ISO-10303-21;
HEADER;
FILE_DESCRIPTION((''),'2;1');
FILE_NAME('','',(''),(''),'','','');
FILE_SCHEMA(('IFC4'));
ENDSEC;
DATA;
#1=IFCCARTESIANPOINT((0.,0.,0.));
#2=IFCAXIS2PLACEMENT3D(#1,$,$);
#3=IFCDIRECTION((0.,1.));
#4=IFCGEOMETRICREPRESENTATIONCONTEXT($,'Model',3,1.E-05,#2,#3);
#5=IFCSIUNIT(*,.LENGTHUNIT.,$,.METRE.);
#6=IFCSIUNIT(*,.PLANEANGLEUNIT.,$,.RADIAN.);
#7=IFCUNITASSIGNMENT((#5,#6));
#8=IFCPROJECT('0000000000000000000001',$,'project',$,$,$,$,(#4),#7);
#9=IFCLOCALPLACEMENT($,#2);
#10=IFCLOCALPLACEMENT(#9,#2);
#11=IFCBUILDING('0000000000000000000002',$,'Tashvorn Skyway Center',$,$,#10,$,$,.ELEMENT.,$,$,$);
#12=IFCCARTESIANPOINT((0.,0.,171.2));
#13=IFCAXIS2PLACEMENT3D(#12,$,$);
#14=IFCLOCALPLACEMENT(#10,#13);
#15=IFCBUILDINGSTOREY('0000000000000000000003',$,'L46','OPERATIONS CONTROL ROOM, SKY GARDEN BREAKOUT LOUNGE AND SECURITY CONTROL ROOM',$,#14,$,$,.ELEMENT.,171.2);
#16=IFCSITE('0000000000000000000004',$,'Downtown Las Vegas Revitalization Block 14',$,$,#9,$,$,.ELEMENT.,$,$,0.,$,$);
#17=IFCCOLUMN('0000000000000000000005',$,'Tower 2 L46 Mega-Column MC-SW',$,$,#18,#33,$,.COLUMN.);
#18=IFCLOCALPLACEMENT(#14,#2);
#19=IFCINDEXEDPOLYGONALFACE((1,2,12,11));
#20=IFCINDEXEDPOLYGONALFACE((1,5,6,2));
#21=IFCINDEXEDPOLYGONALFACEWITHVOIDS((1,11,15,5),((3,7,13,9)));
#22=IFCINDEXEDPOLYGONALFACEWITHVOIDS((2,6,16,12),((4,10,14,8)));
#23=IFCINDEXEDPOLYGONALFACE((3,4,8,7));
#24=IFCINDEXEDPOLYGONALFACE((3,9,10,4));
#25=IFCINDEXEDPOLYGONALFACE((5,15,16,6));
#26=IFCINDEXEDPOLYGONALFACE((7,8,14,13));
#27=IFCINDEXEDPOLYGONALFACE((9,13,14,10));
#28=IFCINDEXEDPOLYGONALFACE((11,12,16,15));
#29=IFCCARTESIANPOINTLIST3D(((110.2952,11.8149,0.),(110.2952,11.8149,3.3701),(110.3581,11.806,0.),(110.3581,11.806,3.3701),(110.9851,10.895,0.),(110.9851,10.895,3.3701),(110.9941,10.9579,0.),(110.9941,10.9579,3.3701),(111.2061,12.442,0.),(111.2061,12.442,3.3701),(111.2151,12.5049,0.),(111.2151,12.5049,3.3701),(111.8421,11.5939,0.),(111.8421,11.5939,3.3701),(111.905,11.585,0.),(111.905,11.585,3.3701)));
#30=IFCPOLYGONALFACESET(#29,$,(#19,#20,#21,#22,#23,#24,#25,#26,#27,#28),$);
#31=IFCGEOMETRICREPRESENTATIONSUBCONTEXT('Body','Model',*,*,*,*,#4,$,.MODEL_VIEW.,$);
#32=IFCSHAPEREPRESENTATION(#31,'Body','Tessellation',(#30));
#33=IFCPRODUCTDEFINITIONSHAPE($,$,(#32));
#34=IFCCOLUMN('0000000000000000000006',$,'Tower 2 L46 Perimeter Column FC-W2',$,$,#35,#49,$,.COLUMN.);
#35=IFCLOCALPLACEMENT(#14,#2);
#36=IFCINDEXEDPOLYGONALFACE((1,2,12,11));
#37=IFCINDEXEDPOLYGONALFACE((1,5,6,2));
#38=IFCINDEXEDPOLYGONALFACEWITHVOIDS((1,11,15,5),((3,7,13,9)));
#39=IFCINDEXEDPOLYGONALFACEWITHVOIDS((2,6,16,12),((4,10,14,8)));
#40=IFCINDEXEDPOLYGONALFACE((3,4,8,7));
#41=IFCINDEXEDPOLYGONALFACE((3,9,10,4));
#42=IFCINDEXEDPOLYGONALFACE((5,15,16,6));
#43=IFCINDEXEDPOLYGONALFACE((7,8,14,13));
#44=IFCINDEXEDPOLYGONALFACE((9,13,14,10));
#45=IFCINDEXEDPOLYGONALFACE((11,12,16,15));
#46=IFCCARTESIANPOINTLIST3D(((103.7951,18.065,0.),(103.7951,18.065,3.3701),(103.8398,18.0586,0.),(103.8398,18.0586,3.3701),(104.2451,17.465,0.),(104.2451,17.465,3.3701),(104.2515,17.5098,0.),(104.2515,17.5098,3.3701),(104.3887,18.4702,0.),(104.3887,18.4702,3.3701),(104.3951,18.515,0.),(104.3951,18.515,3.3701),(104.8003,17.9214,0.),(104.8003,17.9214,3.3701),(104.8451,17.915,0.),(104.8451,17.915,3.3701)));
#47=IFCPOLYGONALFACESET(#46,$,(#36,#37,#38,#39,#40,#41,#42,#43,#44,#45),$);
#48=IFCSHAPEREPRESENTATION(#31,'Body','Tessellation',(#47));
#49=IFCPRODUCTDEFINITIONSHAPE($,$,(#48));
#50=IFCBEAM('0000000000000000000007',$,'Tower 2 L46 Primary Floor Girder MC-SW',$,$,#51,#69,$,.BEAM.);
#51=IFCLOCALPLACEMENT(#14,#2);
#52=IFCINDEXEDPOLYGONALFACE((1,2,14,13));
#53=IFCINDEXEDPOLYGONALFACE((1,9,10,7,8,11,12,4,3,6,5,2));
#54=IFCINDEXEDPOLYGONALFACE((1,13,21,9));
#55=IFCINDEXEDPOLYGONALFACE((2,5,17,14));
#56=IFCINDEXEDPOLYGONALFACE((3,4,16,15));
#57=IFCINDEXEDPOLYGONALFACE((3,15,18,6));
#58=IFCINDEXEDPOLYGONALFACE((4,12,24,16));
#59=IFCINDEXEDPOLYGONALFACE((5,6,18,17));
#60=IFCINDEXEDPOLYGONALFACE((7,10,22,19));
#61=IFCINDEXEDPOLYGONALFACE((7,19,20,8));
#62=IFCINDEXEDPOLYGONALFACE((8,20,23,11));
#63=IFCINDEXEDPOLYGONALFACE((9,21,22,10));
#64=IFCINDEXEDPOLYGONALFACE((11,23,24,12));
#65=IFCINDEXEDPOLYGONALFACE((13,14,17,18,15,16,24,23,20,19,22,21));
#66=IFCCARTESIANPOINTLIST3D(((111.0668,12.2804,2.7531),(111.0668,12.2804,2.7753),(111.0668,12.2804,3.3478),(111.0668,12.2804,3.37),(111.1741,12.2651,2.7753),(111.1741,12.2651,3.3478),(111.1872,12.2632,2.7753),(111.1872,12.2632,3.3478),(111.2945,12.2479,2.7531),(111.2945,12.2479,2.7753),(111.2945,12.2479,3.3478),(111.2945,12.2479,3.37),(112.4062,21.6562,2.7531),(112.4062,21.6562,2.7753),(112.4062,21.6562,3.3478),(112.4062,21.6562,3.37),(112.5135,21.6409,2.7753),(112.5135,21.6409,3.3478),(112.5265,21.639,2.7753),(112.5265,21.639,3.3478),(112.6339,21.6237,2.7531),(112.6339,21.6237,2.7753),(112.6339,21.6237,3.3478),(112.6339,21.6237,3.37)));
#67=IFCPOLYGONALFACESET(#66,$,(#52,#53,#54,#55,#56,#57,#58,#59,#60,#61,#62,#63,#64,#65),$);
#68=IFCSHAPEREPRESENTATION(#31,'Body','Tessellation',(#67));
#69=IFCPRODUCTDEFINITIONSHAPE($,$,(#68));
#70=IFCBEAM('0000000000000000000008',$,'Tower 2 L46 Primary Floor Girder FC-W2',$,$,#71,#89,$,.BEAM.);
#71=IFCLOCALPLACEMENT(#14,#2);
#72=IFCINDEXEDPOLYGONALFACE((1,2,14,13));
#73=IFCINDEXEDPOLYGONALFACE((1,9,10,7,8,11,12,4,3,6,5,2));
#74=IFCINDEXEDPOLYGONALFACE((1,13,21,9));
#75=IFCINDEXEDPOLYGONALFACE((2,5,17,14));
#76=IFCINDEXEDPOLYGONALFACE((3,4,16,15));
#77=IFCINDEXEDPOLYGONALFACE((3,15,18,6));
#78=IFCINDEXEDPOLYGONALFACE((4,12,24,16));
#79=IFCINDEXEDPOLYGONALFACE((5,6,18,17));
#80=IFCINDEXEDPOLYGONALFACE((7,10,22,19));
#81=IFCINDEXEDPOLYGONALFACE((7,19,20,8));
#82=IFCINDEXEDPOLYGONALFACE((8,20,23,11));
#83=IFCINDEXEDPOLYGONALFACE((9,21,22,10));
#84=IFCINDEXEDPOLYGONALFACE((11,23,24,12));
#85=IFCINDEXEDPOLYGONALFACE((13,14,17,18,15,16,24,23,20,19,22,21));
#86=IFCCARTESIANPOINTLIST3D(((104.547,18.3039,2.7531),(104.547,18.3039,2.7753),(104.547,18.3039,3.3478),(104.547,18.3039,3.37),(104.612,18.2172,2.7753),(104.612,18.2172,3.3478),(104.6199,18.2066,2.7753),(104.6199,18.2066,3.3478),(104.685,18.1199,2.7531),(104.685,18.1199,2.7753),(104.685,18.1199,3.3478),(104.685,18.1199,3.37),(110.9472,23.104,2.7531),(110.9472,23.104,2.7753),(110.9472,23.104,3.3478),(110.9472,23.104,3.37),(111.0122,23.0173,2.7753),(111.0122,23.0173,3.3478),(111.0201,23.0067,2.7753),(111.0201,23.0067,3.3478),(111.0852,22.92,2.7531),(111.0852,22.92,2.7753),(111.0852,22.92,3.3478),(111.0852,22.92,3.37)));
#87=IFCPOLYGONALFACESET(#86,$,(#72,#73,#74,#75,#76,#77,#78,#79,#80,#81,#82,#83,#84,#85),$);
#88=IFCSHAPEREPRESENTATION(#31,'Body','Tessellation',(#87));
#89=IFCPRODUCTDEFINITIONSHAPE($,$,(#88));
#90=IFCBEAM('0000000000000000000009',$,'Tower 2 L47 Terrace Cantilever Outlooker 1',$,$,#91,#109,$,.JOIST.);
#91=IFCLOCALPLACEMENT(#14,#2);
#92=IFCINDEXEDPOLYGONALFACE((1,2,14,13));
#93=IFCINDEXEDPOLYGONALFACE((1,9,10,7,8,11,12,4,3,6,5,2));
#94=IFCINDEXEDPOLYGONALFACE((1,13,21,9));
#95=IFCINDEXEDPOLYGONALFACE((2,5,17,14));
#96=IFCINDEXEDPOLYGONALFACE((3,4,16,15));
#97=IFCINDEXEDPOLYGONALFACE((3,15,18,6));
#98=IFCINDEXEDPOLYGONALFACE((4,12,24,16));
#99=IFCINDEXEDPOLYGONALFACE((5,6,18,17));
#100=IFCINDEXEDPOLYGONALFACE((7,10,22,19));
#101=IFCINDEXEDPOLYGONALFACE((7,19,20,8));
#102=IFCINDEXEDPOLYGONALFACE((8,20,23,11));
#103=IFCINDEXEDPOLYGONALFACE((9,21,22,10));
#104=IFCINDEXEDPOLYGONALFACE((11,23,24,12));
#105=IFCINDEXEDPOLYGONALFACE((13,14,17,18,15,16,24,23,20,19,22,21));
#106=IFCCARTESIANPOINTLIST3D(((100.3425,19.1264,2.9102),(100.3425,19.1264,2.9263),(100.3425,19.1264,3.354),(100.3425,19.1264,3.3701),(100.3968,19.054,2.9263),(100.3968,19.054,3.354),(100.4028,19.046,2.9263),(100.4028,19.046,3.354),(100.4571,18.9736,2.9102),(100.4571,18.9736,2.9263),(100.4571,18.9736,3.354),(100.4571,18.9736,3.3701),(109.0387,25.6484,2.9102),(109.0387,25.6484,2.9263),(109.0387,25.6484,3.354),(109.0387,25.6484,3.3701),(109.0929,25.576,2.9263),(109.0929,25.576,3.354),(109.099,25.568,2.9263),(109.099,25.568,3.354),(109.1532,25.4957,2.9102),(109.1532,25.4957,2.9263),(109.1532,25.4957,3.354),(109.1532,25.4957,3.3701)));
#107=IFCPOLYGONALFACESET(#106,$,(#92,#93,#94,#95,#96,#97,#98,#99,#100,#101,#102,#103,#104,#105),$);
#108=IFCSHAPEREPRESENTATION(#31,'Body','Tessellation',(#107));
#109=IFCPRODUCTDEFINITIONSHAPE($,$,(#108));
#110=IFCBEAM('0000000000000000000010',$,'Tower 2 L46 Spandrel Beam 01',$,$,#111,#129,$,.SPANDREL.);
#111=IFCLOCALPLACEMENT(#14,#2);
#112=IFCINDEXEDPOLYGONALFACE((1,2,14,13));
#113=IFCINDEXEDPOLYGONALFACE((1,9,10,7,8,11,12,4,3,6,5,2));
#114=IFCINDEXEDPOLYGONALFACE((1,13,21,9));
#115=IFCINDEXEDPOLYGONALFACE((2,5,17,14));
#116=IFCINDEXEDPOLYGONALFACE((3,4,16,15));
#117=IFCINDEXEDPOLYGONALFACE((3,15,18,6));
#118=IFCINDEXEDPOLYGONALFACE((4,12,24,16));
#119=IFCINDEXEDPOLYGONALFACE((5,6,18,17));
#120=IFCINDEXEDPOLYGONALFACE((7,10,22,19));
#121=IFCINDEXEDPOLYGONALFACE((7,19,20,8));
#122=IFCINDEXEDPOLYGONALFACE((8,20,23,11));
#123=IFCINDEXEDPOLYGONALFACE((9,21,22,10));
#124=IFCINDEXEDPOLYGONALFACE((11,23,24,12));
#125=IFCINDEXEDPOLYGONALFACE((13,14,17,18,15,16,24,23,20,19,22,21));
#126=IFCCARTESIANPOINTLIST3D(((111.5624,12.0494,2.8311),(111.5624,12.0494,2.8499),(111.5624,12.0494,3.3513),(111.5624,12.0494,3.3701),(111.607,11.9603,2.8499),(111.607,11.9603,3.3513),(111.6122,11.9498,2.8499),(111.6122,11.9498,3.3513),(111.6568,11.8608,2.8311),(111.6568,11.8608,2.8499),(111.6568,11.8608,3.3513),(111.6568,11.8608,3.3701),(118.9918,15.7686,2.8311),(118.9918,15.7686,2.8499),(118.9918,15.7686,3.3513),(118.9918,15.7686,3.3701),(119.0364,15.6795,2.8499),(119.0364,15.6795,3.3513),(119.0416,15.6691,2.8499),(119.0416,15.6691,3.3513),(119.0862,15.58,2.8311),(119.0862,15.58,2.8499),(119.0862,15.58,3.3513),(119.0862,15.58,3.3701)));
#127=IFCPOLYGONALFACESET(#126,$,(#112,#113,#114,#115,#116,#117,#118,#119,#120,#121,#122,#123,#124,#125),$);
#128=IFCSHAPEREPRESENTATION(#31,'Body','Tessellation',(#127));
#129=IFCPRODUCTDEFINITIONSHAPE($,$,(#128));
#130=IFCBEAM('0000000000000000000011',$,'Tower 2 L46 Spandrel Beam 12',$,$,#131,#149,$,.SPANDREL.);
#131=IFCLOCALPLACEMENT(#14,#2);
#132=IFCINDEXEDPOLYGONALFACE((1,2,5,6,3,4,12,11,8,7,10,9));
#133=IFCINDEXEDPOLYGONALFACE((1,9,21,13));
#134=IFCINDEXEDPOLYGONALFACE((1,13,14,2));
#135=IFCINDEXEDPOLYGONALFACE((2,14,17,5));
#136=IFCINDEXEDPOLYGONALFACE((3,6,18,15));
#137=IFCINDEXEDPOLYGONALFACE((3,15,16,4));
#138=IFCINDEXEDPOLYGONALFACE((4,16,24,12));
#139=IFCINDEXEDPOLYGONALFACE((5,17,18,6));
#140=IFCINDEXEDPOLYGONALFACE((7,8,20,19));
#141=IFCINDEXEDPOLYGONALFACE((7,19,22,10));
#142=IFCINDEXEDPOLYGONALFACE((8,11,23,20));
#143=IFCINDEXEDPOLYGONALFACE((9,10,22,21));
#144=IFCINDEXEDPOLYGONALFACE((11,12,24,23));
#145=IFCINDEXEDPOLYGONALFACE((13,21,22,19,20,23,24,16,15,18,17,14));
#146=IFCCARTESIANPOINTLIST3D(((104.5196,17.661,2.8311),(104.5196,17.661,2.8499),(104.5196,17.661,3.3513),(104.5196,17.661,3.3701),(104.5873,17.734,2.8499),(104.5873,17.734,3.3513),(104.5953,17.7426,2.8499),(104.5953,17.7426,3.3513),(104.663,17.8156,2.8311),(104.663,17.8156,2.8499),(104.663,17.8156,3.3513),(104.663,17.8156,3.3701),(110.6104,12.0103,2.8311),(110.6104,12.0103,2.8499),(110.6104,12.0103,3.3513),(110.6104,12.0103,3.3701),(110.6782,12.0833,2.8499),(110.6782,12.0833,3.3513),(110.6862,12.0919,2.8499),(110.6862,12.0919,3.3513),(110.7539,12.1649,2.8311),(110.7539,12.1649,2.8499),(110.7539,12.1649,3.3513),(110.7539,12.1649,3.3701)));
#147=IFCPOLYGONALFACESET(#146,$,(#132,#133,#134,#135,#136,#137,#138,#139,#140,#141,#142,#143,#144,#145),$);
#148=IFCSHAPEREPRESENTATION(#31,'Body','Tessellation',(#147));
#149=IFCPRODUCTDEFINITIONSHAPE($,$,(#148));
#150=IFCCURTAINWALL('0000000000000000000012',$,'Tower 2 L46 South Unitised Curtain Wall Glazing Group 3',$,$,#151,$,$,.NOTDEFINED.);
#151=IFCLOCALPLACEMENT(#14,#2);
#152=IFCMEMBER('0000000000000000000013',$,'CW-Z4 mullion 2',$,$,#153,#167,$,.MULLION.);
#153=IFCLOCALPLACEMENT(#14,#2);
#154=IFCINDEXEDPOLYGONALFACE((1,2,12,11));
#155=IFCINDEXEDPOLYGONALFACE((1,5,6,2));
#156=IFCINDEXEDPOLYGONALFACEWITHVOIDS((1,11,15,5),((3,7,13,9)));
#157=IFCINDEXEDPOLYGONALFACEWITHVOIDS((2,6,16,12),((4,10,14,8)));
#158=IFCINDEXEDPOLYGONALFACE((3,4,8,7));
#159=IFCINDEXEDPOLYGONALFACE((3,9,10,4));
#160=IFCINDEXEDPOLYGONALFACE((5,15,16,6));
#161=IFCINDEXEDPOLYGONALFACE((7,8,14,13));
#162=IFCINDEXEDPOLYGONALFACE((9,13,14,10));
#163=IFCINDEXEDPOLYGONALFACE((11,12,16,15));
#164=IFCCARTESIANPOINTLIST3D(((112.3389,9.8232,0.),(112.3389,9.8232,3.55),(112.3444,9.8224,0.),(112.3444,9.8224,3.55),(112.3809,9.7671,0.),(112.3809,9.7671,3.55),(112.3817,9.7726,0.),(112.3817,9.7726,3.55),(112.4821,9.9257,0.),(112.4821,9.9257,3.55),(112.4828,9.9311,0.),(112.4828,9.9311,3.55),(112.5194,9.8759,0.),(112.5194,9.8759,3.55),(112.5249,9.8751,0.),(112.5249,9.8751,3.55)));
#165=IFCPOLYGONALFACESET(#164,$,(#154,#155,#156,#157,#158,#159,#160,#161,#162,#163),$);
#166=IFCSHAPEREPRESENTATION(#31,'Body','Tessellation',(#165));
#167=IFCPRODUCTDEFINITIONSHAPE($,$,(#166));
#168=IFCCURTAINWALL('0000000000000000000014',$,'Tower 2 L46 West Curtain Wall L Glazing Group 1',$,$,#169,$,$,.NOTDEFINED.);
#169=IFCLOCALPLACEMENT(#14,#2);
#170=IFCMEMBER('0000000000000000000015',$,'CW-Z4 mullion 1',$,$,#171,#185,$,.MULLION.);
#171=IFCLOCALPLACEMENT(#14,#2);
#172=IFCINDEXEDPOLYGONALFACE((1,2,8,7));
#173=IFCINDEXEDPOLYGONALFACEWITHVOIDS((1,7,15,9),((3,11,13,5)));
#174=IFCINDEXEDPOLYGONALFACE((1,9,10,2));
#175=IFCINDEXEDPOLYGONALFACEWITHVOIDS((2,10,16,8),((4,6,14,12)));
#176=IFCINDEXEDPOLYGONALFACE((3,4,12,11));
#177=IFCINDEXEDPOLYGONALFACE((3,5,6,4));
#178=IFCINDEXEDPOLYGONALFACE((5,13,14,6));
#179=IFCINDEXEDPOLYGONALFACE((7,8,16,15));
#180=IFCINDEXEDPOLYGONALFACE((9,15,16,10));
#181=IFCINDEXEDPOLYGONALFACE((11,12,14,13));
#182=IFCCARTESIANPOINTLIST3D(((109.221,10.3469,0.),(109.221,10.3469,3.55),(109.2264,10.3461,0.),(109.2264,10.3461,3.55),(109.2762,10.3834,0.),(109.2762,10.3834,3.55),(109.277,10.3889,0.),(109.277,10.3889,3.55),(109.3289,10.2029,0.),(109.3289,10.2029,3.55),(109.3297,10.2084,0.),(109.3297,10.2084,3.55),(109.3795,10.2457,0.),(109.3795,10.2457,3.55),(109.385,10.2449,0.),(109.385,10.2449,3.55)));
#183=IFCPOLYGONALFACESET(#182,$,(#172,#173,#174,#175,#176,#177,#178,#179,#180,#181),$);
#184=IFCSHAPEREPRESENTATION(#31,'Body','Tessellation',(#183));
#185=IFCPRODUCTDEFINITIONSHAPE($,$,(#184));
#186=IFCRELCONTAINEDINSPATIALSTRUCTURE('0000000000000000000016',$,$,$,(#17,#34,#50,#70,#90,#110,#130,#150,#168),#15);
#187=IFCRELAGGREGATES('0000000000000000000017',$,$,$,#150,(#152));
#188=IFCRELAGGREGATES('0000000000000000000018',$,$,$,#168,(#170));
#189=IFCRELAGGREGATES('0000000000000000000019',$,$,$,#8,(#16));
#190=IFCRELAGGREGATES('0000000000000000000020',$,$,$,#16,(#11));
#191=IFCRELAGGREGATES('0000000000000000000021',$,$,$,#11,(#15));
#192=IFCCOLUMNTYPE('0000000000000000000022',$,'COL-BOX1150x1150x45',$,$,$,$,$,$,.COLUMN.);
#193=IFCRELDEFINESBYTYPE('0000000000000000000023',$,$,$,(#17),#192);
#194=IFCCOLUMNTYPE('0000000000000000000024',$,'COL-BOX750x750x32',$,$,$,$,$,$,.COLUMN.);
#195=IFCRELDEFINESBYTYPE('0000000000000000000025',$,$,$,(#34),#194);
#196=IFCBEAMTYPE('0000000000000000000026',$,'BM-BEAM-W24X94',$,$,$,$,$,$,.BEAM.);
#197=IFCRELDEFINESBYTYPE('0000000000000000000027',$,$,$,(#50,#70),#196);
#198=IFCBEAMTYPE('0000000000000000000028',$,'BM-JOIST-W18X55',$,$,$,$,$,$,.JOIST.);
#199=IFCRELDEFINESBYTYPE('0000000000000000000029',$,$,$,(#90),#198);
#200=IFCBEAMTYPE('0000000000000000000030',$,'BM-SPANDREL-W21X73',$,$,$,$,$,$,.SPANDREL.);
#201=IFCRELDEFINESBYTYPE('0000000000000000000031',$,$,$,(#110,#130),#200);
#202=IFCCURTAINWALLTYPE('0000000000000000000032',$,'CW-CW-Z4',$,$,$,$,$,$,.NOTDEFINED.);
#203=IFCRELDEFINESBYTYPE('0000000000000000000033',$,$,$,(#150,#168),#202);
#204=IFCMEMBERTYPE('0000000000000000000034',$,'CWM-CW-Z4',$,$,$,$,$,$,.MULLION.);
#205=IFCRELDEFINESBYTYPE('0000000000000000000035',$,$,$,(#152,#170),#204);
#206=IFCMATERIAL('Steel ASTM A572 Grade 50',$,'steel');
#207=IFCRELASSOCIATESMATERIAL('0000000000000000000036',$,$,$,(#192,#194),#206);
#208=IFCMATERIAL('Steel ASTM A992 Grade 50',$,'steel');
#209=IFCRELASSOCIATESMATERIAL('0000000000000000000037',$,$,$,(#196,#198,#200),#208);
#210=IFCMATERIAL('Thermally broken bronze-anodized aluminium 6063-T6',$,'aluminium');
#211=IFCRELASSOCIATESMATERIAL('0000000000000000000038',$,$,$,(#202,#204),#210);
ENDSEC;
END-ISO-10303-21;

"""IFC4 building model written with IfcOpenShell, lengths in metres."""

from ifc_helpers import new_model, si_unit, direction, frame, origin, origin_2d, place, context, subcontext, project, spatial, hollow_rectangle, i_section, extrude, material, material_profile, profile_set, type_object, element, aggregate, save


model = new_model("IFC4")

# Units and contexts
model_context = context("Model", 3, precision=1e-05, world=origin(), true_north=direction((0.0, 1.0)))
body_context = subcontext(model_context, "Body", "Model", "MODEL_VIEW")
ifc_project = project(units=[si_unit("LENGTHUNIT", "METRE"), si_unit("PLANEANGLEUNIT", "RADIAN")], contexts=[model_context])

# Site, building, storey
site_placement = place(None, origin())
site = spatial("IfcSite", under=ifc_project, at=site_placement, Name="Downtown Las Vegas Revitalization Block 14", CompositionType="ELEMENT", RefElevation=0.0)
building_placement = place(site_placement, origin())
building = spatial("IfcBuilding", under=site, at=building_placement, Name="Tashvorn Skyway Center", CompositionType="ELEMENT")
storey_placement = place(building_placement, frame((0.0, 0.0, 171.2)))
storey = spatial("IfcBuildingStorey", under=building, at=storey_placement, Name="L46", Description="OPERATIONS CONTROL ROOM, SKY GARDEN BREAKOUT LOUNGE AND SECURITY CONTROL ROOM", CompositionType="ELEMENT", Elevation=171.2)

# Columns
ifc_material_1 = material(Name="Steel ASTM A572 Grade 50", Category="steel")
ifc_material_profile_1 = material_profile(ifc_material_1, hollow_rectangle(XDim=1.1499, YDim=1.1499, WallThickness=0.0449, at=origin_2d()), Name="BOX1150x1150x45")
ifc_profile_set_1 = profile_set([ifc_material_profile_1], Name="Steel ASTM A572 Grade 50")
column_type_1 = type_object("IfcColumnType", Name="COL-BOX1150x1150x45", PredefinedType="COLUMN", material=ifc_profile_set_1)
column_1_placement = place(storey_placement, frame((111.1001, 11.7, 0.0), z_axis=(0.0, 0.0, 1.0), x_axis=(0.8, 0.6, 0.0)))
element("IfcColumn", 1, at=column_1_placement, inside=storey, type_object=column_type_1, Name="Tower 2 L46 Mega-Column MC-SW", PredefinedType="COLUMN", context=body_context, shape_type="SweptSolid", body=[
    extrude(hollow_rectangle(XDim=1.1499, YDim=1.1499, WallThickness=0.0449, at=origin_2d()), origin(), (0.0, 0.0, 1.0), 3.3701),
])
ifc_material_profile_2 = material_profile(ifc_material_1, hollow_rectangle(XDim=0.75, YDim=0.75, WallThickness=0.032, at=origin_2d()), Name="BOX750x750x32")
ifc_profile_set_2 = profile_set([ifc_material_profile_2], Name="Steel ASTM A572 Grade 50")
column_type_2 = type_object("IfcColumnType", Name="COL-BOX750x750x32", PredefinedType="COLUMN", material=ifc_profile_set_2)
column_2_placement = place(storey_placement, frame((104.3201, 17.99, 0.0), z_axis=(0.0, 0.0, 1.0), x_axis=(0.8, 0.6, 0.0)))
element("IfcColumn", 2, at=column_2_placement, inside=storey, type_object=column_type_2, Name="Tower 2 L46 Perimeter Column FC-W2", PredefinedType="COLUMN", context=body_context, shape_type="SweptSolid", body=[
    extrude(hollow_rectangle(XDim=0.75, YDim=0.75, WallThickness=0.032, at=origin_2d()), origin(), (0.0, 0.0, 1.0), 3.3701),
])

# Beams
ifc_material_2 = material(Name="Steel ASTM A992 Grade 50", Category="steel")
ifc_material_profile_3 = material_profile(ifc_material_2, i_section(OverallWidth=0.23, OverallDepth=0.6169, WebThickness=0.0132, FlangeThickness=0.0222, at=origin_2d()), Name="W24X94")
ifc_profile_set_3 = profile_set([ifc_material_profile_3], Name="Steel ASTM A992 Grade 50")
beam_type_1 = type_object("IfcBeamType", Name="BM-BEAM-W24X94", PredefinedType="BEAM", material=ifc_profile_set_3)
beam_1_placement = place(storey_placement, frame((111.1807, 12.2642, 3.0615), z_axis=(0.141418, 0.98995, 0.0), x_axis=(-0.98995, 0.141418, 0.0)))
element("IfcBeam", 3, at=beam_1_placement, inside=storey, type_object=beam_type_1, Name="Tower 2 L46 Primary Floor Girder MC-SW", PredefinedType="BEAM", context=body_context, shape_type="SweptSolid", body=[
    extrude(i_section(OverallWidth=0.23, OverallDepth=0.6169, WebThickness=0.0132, FlangeThickness=0.0222, at=origin_2d()), origin(), (0.0, 0.0, 1.0), 9.4709),
])
beam_2_placement = place(storey_placement, frame((104.616, 18.2119, 3.0615), z_axis=(0.800004, 0.599995, 0.0), x_axis=(-0.599995, 0.800004, 0.0)))
element("IfcBeam", 4, at=beam_2_placement, inside=storey, type_object=beam_type_1, Name="Tower 2 L46 Primary Floor Girder FC-W2", PredefinedType="BEAM", context=body_context, shape_type="SweptSolid", body=[
    extrude(i_section(OverallWidth=0.23, OverallDepth=0.6169, WebThickness=0.0132, FlangeThickness=0.0222, at=origin_2d()), origin(), (0.0, 0.0, 1.0), 8.0002),
])
ifc_material_profile_4 = material_profile(ifc_material_2, i_section(OverallWidth=0.1909, OverallDepth=0.46, WebThickness=0.01, FlangeThickness=0.0161, at=origin_2d()), Name="W18X55")
ifc_profile_set_4 = profile_set([ifc_material_profile_4], Name="Steel ASTM A992 Grade 50")
beam_type_2 = type_object("IfcBeamType", Name="BM-JOIST-W18X55", PredefinedType="JOIST", material=ifc_profile_set_4)
beam_3_placement = place(storey_placement, frame((109.0959, 25.572, 3.1401), z_axis=(-0.800003, -0.599996, 0.0), x_axis=(0.599996, -0.800003, 0.0)))
element("IfcBeam", 5, at=beam_3_placement, inside=storey, type_object=beam_type_2, Name="Tower 2 L47 Terrace Cantilever Outlooker 1", PredefinedType="JOIST", context=body_context, shape_type="SweptSolid", body=[
    extrude(i_section(OverallWidth=0.1909, OverallDepth=0.46, WebThickness=0.01, FlangeThickness=0.0161, at=origin_2d()), origin(), (0.0, 0.0, 1.0), 10.8701),
])
ifc_material_profile_5 = material_profile(ifc_material_2, i_section(OverallWidth=0.2109, OverallDepth=0.5391, WebThickness=0.0117, FlangeThickness=0.0188, at=origin_2d()), Name="W21X73")
ifc_profile_set_5 = profile_set([ifc_material_profile_5], Name="Steel ASTM A992 Grade 50")
beam_type_3 = type_object("IfcBeamType", Name="BM-SPANDREL-W21X73", PredefinedType="SPANDREL", material=ifc_profile_set_5)
for number, where, z_axis, x_axis, name in (
    (6, (111.6096, 11.9551, 3.1006), (0.89421, 0.447648, 0.0), (-0.447648, 0.89421, 0.0), "Tower 2 L46 Spandrel Beam 01"),
    (7, (104.5913, 17.7383, 3.1006), (0.733101, -0.68012, 0.0), (0.68012, 0.733101, 0.0), "Tower 2 L46 Spandrel Beam 12"),
):
    element("IfcBeam", number, at=place(storey_placement, frame(where, z_axis=z_axis, x_axis=x_axis)), inside=storey, type_object=beam_type_3, Name=name, PredefinedType="SPANDREL", context=body_context, shape_type="SweptSolid", body=[
        extrude(i_section(OverallWidth=0.2109, OverallDepth=0.5391, WebThickness=0.0117, FlangeThickness=0.0188, at=origin_2d()), origin(), (0.0, 0.0, 1.0), 8.3083),
    ])

# Curtain wall, member
ifc_material_3 = material(Name="Thermally broken bronze-anodized aluminium 6063-T6", Category="aluminium")
curtain_wall_type = type_object("IfcCurtainWallType", Name="CW-CW-Z4", PredefinedType="NOTDEFINED", material=ifc_material_3)
curtain_wall_1_placement = place(storey_placement, origin())
curtain_wall_1 = element("IfcCurtainWall", 8, at=curtain_wall_1_placement, inside=storey, type_object=curtain_wall_type, Name="Tower 2 L46 South Unitised Curtain Wall Glazing Group 3", PredefinedType="NOTDEFINED")
ifc_material_profile_6 = material_profile(ifc_material_3, hollow_rectangle(XDim=0.0701, YDim=0.1799, WallThickness=0.0039, at=origin_2d()), Name="ALU-MULL-70x180")
ifc_profile_set_6 = profile_set([ifc_material_profile_6], Name="Thermally broken bronze-anodized aluminium 6063-T6")
member_type_1 = type_object("IfcMemberType", Name="CWM-CW-Z4", PredefinedType="MULLION", material=ifc_profile_set_6)
member_1_placement = place(storey_placement, frame((112.4319, 9.8491, 0.0), z_axis=(0.0, 0.0, 1.0), x_axis=(0.6, -0.8, 0.0)))
member_1 = element("IfcMember", 9, at=member_1_placement, type_object=member_type_1, Name="CW-Z4 mullion 2", PredefinedType="MULLION", context=body_context, shape_type="SweptSolid", body=[
    extrude(hollow_rectangle(XDim=0.0701, YDim=0.1799, WallThickness=0.0039, at=origin_2d()), origin(), (0.0, 0.0, 1.0), 3.55),
])
aggregate(curtain_wall_1, [member_1])

# Curtain wall, member
curtain_wall_2_placement = place(storey_placement, origin())
curtain_wall_2 = element("IfcCurtainWall", 10, at=curtain_wall_2_placement, inside=storey, type_object=curtain_wall_type, Name="Tower 2 L46 West Curtain Wall L Glazing Group 1", PredefinedType="NOTDEFINED")
member_2_placement = place(storey_placement, frame((109.303, 10.2959, 0.0), z_axis=(0.0, 0.0, 1.0), x_axis=(-0.800003, -0.599995, 0.0)))
member_2 = element("IfcMember", 11, at=member_2_placement, type_object=member_type_1, Name="CW-Z4 mullion 1", PredefinedType="MULLION", context=body_context, shape_type="SweptSolid", body=[
    extrude(hollow_rectangle(XDim=0.0701, YDim=0.1799, WallThickness=0.0039, at=origin_2d()), origin(), (0.0, 0.0, 1.0), 3.55),
])

aggregate(curtain_wall_2, [member_2])

save(model, "model.ifc")
